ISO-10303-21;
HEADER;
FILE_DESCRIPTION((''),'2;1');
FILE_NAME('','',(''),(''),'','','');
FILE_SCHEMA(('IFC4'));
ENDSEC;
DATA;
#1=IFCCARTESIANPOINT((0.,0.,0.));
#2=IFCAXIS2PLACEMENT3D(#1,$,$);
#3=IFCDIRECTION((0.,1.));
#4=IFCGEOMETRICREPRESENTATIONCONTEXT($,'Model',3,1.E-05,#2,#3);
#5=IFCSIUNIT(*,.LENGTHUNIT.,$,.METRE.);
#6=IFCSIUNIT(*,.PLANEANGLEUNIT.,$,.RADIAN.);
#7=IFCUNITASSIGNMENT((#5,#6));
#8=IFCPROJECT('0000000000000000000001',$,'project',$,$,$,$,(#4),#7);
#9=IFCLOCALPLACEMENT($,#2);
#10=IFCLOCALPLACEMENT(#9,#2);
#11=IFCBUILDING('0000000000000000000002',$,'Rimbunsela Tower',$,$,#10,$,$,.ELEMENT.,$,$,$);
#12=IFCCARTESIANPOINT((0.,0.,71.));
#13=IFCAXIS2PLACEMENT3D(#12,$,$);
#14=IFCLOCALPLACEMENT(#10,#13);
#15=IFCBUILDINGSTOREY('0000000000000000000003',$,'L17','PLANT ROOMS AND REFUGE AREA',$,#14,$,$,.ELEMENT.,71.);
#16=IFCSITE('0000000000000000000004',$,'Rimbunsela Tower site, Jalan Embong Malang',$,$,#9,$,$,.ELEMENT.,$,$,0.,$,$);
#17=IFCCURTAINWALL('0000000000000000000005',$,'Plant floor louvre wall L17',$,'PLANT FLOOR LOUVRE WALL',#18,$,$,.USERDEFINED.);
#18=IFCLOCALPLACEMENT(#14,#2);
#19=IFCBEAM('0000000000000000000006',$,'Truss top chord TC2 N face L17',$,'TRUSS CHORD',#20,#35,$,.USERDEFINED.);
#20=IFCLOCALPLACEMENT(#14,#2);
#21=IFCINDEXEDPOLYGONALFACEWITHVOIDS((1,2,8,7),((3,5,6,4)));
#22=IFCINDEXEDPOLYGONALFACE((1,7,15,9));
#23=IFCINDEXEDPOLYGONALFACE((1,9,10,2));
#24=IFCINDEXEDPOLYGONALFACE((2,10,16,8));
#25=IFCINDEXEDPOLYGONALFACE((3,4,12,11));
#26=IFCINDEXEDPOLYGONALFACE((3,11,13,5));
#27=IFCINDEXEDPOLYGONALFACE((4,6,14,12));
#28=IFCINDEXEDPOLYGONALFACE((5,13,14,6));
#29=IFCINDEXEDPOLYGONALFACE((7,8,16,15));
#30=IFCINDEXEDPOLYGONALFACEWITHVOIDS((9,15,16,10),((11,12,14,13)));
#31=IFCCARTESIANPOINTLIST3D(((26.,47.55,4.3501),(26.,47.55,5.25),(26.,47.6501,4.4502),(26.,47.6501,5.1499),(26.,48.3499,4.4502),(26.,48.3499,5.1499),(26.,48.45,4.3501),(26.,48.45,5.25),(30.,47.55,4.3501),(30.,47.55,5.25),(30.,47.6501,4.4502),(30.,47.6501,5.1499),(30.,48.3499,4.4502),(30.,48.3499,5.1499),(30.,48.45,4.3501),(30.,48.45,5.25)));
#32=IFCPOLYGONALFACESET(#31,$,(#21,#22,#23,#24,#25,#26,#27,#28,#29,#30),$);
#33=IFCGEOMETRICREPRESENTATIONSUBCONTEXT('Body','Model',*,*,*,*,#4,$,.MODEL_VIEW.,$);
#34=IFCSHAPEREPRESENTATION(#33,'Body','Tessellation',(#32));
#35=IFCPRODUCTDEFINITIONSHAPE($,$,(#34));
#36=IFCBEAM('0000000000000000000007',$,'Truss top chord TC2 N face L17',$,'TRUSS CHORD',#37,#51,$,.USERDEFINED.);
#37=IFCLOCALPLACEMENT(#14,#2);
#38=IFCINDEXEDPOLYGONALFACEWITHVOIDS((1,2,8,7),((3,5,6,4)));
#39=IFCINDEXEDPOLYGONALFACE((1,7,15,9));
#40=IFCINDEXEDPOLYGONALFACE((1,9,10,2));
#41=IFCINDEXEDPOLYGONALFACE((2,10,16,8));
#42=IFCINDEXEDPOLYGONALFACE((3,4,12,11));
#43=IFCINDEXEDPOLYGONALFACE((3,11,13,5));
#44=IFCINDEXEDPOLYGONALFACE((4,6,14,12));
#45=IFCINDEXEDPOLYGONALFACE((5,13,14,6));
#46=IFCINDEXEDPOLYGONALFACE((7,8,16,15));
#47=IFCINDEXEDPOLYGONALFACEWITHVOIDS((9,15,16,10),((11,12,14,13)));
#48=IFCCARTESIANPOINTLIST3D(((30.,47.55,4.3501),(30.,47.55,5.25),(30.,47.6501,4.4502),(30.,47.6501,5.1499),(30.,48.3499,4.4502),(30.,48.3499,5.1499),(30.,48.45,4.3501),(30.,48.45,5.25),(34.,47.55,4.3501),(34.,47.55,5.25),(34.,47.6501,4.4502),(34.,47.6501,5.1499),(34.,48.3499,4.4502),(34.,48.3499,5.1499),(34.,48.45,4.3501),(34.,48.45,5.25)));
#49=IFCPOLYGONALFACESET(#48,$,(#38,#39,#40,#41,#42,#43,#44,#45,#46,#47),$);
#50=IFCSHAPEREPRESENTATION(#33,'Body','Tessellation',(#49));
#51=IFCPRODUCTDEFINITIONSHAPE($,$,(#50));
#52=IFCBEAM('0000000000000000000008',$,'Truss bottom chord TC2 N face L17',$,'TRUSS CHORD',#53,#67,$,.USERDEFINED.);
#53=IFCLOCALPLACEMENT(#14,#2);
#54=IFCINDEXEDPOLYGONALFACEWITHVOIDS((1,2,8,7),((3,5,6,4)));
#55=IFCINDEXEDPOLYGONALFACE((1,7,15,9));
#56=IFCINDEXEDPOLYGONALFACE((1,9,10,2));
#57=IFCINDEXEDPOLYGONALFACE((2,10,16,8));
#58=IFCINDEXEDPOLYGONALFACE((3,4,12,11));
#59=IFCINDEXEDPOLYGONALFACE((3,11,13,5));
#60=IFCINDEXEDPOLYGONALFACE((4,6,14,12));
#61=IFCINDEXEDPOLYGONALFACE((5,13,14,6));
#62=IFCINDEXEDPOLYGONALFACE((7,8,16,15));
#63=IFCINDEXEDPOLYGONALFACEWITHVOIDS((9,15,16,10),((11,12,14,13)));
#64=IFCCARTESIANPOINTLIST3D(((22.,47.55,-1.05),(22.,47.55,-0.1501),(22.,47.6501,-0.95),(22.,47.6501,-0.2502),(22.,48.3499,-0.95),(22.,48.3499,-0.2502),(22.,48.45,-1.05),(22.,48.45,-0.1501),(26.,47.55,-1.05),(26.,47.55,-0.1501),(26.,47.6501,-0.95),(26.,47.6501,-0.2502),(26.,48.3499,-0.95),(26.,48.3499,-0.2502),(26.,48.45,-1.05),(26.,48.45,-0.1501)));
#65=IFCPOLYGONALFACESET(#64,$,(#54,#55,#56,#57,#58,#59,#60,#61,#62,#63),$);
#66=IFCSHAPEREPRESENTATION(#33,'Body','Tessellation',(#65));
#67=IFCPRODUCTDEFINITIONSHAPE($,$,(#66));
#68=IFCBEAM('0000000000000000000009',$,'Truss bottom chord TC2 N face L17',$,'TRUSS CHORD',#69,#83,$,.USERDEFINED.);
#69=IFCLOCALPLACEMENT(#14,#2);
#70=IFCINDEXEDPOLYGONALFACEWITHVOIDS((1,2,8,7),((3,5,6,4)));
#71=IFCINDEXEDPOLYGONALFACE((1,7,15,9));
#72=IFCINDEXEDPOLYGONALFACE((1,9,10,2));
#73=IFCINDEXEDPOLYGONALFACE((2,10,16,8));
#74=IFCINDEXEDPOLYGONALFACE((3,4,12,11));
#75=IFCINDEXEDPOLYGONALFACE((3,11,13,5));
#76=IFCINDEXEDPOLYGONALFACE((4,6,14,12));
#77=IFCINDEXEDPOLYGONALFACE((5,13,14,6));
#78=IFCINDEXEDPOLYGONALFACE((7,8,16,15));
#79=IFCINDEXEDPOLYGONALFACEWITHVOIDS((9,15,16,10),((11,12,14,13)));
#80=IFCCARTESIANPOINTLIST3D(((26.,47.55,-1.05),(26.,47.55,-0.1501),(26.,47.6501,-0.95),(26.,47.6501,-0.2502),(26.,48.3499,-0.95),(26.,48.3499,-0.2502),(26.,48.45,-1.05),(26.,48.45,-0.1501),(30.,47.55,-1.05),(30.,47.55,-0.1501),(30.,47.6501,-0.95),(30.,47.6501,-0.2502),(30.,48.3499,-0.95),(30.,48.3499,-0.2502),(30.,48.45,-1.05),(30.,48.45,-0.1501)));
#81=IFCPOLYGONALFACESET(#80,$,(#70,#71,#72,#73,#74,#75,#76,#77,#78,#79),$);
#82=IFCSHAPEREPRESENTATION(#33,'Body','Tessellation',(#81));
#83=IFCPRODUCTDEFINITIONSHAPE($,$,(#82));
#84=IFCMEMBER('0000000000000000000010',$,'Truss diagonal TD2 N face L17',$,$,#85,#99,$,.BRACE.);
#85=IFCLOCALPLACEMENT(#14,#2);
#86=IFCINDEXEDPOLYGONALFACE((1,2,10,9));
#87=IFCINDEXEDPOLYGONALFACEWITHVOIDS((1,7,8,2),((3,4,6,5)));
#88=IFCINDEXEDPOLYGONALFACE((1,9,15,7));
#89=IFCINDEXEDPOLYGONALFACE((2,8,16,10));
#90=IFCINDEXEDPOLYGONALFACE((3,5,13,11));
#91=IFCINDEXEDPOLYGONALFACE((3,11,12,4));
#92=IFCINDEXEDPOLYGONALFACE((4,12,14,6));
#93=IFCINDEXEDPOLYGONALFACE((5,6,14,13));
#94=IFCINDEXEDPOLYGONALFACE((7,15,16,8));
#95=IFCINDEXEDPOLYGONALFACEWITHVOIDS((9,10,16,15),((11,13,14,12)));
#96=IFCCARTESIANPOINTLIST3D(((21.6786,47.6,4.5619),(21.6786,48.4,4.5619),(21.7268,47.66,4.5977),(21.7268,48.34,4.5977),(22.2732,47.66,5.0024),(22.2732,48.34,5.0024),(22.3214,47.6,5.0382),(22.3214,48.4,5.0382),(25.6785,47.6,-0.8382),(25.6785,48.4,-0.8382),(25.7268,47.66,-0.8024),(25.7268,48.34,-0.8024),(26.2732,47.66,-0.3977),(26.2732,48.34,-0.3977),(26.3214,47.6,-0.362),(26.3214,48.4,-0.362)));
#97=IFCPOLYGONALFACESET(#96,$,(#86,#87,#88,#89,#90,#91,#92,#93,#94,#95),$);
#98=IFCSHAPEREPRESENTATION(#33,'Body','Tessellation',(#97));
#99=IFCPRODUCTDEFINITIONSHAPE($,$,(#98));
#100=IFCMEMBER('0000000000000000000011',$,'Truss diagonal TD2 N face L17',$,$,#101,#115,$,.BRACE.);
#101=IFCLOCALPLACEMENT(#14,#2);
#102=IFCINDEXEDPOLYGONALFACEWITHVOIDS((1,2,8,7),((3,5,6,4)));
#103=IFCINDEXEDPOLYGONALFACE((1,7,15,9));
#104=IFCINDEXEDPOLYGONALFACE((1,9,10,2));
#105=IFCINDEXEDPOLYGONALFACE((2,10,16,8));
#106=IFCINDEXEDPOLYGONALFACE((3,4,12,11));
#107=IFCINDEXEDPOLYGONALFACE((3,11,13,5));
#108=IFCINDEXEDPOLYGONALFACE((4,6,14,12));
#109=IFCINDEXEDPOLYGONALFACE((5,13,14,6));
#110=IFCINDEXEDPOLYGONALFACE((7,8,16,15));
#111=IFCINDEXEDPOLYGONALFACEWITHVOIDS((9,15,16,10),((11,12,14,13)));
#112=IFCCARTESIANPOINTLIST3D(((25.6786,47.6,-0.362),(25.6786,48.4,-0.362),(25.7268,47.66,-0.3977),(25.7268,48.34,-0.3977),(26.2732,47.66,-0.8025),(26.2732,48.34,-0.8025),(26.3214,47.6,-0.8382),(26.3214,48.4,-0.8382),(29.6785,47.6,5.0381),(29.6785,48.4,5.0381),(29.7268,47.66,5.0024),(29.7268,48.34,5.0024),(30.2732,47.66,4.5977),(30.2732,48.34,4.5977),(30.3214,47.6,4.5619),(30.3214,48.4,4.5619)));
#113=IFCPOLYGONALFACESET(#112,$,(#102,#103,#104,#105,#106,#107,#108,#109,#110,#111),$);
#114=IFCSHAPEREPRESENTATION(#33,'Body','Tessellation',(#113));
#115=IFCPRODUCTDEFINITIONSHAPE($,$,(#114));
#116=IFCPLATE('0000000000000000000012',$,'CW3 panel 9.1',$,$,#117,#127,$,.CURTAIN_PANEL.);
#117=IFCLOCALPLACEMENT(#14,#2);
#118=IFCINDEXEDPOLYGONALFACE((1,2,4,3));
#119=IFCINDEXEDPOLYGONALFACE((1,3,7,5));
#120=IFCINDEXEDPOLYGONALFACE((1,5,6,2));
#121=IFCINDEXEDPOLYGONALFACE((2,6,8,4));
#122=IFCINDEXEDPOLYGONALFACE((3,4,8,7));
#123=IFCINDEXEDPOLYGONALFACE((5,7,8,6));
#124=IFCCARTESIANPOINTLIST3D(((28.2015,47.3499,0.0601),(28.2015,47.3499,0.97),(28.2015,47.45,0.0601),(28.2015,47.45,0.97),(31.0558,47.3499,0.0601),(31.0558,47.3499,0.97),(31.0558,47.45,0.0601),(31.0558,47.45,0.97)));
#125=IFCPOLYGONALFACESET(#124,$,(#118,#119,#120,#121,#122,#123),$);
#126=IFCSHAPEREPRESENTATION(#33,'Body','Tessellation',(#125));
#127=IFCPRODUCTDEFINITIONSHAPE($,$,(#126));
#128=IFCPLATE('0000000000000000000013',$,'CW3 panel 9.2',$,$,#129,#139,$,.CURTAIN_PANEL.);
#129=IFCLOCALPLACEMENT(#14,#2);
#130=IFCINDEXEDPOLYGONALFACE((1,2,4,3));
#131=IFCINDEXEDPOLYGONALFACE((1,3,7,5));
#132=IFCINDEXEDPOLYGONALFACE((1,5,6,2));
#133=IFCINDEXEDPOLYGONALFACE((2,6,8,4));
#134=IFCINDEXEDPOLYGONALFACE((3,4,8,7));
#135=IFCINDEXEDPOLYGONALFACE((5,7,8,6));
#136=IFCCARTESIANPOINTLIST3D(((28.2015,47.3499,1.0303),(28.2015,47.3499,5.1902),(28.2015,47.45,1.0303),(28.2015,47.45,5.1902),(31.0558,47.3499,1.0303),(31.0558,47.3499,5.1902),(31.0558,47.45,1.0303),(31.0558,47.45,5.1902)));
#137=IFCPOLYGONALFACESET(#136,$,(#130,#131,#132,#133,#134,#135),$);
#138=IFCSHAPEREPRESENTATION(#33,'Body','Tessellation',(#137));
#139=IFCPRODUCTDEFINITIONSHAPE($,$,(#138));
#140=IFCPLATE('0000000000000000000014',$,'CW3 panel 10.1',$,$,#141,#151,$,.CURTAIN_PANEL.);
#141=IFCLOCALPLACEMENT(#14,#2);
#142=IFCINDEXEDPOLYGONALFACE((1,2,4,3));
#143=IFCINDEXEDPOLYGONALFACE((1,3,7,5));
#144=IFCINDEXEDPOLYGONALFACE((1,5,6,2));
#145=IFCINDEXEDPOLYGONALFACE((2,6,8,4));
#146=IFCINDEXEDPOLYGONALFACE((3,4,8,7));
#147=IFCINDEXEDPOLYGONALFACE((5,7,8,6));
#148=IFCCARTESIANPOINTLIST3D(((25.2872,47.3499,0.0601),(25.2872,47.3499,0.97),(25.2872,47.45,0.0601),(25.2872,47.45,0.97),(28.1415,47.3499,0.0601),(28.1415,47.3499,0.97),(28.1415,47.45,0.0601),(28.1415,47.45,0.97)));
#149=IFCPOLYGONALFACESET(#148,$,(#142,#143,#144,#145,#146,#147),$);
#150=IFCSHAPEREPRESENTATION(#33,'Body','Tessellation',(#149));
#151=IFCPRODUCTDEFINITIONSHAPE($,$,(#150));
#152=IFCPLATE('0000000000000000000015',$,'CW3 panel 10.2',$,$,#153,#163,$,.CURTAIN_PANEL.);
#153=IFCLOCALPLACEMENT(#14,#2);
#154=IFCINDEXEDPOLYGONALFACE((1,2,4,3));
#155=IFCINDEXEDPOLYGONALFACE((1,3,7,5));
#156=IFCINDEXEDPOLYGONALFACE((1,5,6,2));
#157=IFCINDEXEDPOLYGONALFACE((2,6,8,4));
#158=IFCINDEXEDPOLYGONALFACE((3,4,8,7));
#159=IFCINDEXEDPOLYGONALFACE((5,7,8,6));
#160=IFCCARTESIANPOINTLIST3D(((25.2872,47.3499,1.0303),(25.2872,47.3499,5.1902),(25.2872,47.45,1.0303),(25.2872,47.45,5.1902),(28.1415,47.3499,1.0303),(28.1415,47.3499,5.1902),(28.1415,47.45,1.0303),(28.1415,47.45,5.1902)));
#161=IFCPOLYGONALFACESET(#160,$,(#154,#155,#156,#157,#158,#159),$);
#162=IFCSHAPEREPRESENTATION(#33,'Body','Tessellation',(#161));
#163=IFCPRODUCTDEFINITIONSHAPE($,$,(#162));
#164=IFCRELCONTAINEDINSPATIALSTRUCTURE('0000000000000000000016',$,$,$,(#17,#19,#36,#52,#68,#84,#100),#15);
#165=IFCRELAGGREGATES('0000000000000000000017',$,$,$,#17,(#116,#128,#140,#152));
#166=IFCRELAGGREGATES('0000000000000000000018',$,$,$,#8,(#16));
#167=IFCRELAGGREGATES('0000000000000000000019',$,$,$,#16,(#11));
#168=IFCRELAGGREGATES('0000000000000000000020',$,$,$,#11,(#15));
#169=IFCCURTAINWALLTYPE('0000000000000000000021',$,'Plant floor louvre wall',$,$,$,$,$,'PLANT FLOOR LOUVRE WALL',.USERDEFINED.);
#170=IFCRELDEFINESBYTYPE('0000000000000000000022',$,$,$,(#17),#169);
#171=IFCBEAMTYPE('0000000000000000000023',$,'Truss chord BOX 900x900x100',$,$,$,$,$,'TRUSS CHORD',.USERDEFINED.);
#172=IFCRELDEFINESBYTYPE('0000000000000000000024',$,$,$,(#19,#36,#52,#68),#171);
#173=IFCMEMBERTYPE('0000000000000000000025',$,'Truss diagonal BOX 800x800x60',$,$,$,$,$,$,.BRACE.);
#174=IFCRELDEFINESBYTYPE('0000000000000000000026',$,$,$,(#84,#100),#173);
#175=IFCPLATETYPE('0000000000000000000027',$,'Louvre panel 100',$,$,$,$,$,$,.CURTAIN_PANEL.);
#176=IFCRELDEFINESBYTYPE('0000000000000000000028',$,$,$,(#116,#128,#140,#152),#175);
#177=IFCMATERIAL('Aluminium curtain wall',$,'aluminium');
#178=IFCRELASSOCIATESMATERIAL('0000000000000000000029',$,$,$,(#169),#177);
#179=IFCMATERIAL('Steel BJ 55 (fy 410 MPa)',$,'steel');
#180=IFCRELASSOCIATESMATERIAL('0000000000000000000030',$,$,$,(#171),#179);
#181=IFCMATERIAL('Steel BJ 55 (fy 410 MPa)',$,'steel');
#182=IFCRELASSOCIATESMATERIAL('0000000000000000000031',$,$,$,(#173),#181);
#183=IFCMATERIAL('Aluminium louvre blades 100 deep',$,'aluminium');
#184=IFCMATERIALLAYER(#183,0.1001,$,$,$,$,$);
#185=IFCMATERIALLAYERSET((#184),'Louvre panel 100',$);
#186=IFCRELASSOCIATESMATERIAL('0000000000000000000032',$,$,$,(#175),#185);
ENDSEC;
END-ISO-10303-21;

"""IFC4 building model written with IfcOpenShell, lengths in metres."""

from ifc_helpers import new_model, si_unit, direction, frame, origin, origin_2d, place, context, subcontext, project, spatial, rectangle, hollow_rectangle, extrude, material, layer, layer_set, material_profile, profile_set, type_object, element, aggregate, save


model = new_model("IFC4")

# Units and contexts
model_context = context("Model", 3, precision=1e-05, world=origin(), true_north=direction((0.0, 1.0)))
body_context = subcontext(model_context, "Body", "Model", "MODEL_VIEW")
ifc_project = project(units=[si_unit("LENGTHUNIT", "METRE"), si_unit("PLANEANGLEUNIT", "RADIAN")], contexts=[model_context])

# Site, building, storey
site_placement = place(None, origin())
site = spatial("IfcSite", under=ifc_project, at=site_placement, Name="Rimbunsela Tower site, Jalan Embong Malang", CompositionType="ELEMENT", RefElevation=0.0)
building_placement = place(site_placement, origin())
building = spatial("IfcBuilding", under=site, at=building_placement, Name="Rimbunsela Tower", CompositionType="ELEMENT")
storey_placement = place(building_placement, frame((0.0, 0.0, 71.0)))
storey = spatial("IfcBuildingStorey", under=building, at=storey_placement, Name="L17", Description="PLANT ROOMS AND REFUGE AREA", CompositionType="ELEMENT", Elevation=71.0)

# Curtain wall
ifc_material_1 = material(Name="Aluminium curtain wall", Category="aluminium")
curtain_wall_type = type_object("IfcCurtainWallType", Name="Plant floor louvre wall", ElementType="PLANT FLOOR LOUVRE WALL", PredefinedType="USERDEFINED", material=ifc_material_1)
curtain_wall_placement = place(storey_placement, origin())
curtain_wall = element("IfcCurtainWall", 1, at=curtain_wall_placement, inside=storey, type_object=curtain_wall_type, Name="Plant floor louvre wall L17", ObjectType="PLANT FLOOR LOUVRE WALL", PredefinedType="USERDEFINED")

# Beams
ifc_material_2 = material(Name="Steel BJ 55 (fy 410 MPa)", Category="steel")
ifc_material_profile_1 = material_profile(ifc_material_2, hollow_rectangle(XDim=0.8999, YDim=0.8999, WallThickness=0.1001, at=origin_2d()), Name="BOX 900x900x100")
ifc_profile_set_1 = profile_set([ifc_material_profile_1], Name="Steel BJ 55 (fy 410 MPa)")
beam_type = type_object("IfcBeamType", Name="Truss chord BOX 900x900x100", ElementType="TRUSS CHORD", PredefinedType="USERDEFINED", material=ifc_profile_set_1)
for number, where, z_axis, x_axis, name in (
    (2, (26.0, 48.0, 4.8), (1.0, 0.0, 0.0), (0.0, 1.0, 0.0), "Truss top chord TC2 N face L17"),
    (3, (30.0, 48.0, 4.8), (1.0, 0.0, 0.0), (0.0, 1.0, 0.0), "Truss top chord TC2 N face L17"),
    (4, (22.0, 48.0, -0.6001), (1.0, 0.0, 0.0), (0.0, 1.0, 0.0), "Truss bottom chord TC2 N face L17"),
    (5, (26.0, 48.0, -0.6001), (1.0, 0.0, 0.0), (0.0, 1.0, 0.0), "Truss bottom chord TC2 N face L17"),
):
    element("IfcBeam", number, at=place(storey_placement, frame(where, z_axis=z_axis, x_axis=x_axis)), inside=storey, type_object=beam_type, Name=name, ObjectType="TRUSS CHORD", PredefinedType="USERDEFINED", context=body_context, shape_type="SweptSolid", body=[
        extrude(hollow_rectangle(XDim=0.8999, YDim=0.8999, WallThickness=0.1001, at=origin_2d()), origin(), (0.0, 0.0, 1.0), 4.0),
    ])

# Members
ifc_material_3 = material(Name="Steel BJ 55 (fy 410 MPa)", Category="steel")
ifc_material_profile_2 = material_profile(ifc_material_3, hollow_rectangle(XDim=0.8, YDim=0.8, WallThickness=0.0601, at=origin_2d()), Name="BOX 800x800x60")
ifc_profile_set_2 = profile_set([ifc_material_profile_2], Name="Steel BJ 55 (fy 410 MPa)")
member_type_1 = type_object("IfcMemberType", Name="Truss diagonal BOX 800x800x60", PredefinedType="BRACE", material=ifc_profile_set_2)
for number, where, z_axis, x_axis, name in (
    (6, (22.0, 48.0, 4.8), (0.595217, 0.0, -0.803565), (0.0, 1.0, 0.0), "Truss diagonal TD2 N face L17"),
    (7, (26.0, 48.0, -0.6001), (0.595217, 0.0, 0.803565), (0.0, 1.0, 0.0), "Truss diagonal TD2 N face L17"),
):
    element("IfcMember", number, at=place(storey_placement, frame(where, z_axis=z_axis, x_axis=x_axis)), inside=storey, type_object=member_type_1, Name=name, PredefinedType="BRACE", context=body_context, shape_type="SweptSolid", body=[
        extrude(hollow_rectangle(XDim=0.8, YDim=0.8, WallThickness=0.0601, at=origin_2d()), origin(), (0.0, 0.0, 1.0), 6.7202),
    ])

# Plates
ifc_material_4 = material(Name="Aluminium louvre blades 100 deep", Category="aluminium")
ifc_layer = layer(ifc_material_4, 0.1001)
ifc_layer_set = layer_set([ifc_layer], Name="Louvre panel 100")
plate_type = type_object("IfcPlateType", Name="Louvre panel 100", PredefinedType="CURTAIN_PANEL", material=ifc_layer_set)
plate_1_placement = place(storey_placement, frame((29.6287, 47.3999, 0.0601), z_axis=(0.0, 0.0, 1.0), x_axis=(-1.0, 0.0, 0.0)))
plate_1 = element("IfcPlate", 8, at=plate_1_placement, type_object=plate_type, Name="CW3 panel 9.1", PredefinedType="CURTAIN_PANEL", context=body_context, shape_type="SweptSolid", body=[
    extrude(rectangle(XDim=2.8542, YDim=0.1001, at=origin_2d()), origin(), (0.0, 0.0, 1.0), 0.9099),
])
plate_2_placement = place(storey_placement, frame((29.6287, 47.3999, 1.0303), z_axis=(0.0, 0.0, 1.0), x_axis=(-1.0, 0.0, 0.0)))
plate_2 = element("IfcPlate", 9, at=plate_2_placement, type_object=plate_type, Name="CW3 panel 9.2", PredefinedType="CURTAIN_PANEL", context=body_context, shape_type="SweptSolid", body=[
    extrude(rectangle(XDim=2.8542, YDim=0.1001, at=origin_2d()), origin(), (0.0, 0.0, 1.0), 4.1599),
])
plate_3_placement = place(storey_placement, frame((26.7144, 47.3999, 0.0601), z_axis=(0.0, 0.0, 1.0), x_axis=(-1.0, 0.0, 0.0)))
plate_3 = element("IfcPlate", 10, at=plate_3_placement, type_object=plate_type, Name="CW3 panel 10.1", PredefinedType="CURTAIN_PANEL", context=body_context, shape_type="SweptSolid", body=[
    extrude(rectangle(XDim=2.8542, YDim=0.1001, at=origin_2d()), origin(), (0.0, 0.0, 1.0), 0.9099),
])
plate_4_placement = place(storey_placement, frame((26.7144, 47.3999, 1.0303), z_axis=(0.0, 0.0, 1.0), x_axis=(-1.0, 0.0, 0.0)))
plate_4 = element("IfcPlate", 11, at=plate_4_placement, type_object=plate_type, Name="CW3 panel 10.2", PredefinedType="CURTAIN_PANEL", context=body_context, shape_type="SweptSolid", body=[
    extrude(rectangle(XDim=2.8542, YDim=0.1001, at=origin_2d()), origin(), (0.0, 0.0, 1.0), 4.1599),
])
aggregate(curtain_wall, [plate_1, plate_2, plate_3, plate_4])

save(model, "model.ifc")
